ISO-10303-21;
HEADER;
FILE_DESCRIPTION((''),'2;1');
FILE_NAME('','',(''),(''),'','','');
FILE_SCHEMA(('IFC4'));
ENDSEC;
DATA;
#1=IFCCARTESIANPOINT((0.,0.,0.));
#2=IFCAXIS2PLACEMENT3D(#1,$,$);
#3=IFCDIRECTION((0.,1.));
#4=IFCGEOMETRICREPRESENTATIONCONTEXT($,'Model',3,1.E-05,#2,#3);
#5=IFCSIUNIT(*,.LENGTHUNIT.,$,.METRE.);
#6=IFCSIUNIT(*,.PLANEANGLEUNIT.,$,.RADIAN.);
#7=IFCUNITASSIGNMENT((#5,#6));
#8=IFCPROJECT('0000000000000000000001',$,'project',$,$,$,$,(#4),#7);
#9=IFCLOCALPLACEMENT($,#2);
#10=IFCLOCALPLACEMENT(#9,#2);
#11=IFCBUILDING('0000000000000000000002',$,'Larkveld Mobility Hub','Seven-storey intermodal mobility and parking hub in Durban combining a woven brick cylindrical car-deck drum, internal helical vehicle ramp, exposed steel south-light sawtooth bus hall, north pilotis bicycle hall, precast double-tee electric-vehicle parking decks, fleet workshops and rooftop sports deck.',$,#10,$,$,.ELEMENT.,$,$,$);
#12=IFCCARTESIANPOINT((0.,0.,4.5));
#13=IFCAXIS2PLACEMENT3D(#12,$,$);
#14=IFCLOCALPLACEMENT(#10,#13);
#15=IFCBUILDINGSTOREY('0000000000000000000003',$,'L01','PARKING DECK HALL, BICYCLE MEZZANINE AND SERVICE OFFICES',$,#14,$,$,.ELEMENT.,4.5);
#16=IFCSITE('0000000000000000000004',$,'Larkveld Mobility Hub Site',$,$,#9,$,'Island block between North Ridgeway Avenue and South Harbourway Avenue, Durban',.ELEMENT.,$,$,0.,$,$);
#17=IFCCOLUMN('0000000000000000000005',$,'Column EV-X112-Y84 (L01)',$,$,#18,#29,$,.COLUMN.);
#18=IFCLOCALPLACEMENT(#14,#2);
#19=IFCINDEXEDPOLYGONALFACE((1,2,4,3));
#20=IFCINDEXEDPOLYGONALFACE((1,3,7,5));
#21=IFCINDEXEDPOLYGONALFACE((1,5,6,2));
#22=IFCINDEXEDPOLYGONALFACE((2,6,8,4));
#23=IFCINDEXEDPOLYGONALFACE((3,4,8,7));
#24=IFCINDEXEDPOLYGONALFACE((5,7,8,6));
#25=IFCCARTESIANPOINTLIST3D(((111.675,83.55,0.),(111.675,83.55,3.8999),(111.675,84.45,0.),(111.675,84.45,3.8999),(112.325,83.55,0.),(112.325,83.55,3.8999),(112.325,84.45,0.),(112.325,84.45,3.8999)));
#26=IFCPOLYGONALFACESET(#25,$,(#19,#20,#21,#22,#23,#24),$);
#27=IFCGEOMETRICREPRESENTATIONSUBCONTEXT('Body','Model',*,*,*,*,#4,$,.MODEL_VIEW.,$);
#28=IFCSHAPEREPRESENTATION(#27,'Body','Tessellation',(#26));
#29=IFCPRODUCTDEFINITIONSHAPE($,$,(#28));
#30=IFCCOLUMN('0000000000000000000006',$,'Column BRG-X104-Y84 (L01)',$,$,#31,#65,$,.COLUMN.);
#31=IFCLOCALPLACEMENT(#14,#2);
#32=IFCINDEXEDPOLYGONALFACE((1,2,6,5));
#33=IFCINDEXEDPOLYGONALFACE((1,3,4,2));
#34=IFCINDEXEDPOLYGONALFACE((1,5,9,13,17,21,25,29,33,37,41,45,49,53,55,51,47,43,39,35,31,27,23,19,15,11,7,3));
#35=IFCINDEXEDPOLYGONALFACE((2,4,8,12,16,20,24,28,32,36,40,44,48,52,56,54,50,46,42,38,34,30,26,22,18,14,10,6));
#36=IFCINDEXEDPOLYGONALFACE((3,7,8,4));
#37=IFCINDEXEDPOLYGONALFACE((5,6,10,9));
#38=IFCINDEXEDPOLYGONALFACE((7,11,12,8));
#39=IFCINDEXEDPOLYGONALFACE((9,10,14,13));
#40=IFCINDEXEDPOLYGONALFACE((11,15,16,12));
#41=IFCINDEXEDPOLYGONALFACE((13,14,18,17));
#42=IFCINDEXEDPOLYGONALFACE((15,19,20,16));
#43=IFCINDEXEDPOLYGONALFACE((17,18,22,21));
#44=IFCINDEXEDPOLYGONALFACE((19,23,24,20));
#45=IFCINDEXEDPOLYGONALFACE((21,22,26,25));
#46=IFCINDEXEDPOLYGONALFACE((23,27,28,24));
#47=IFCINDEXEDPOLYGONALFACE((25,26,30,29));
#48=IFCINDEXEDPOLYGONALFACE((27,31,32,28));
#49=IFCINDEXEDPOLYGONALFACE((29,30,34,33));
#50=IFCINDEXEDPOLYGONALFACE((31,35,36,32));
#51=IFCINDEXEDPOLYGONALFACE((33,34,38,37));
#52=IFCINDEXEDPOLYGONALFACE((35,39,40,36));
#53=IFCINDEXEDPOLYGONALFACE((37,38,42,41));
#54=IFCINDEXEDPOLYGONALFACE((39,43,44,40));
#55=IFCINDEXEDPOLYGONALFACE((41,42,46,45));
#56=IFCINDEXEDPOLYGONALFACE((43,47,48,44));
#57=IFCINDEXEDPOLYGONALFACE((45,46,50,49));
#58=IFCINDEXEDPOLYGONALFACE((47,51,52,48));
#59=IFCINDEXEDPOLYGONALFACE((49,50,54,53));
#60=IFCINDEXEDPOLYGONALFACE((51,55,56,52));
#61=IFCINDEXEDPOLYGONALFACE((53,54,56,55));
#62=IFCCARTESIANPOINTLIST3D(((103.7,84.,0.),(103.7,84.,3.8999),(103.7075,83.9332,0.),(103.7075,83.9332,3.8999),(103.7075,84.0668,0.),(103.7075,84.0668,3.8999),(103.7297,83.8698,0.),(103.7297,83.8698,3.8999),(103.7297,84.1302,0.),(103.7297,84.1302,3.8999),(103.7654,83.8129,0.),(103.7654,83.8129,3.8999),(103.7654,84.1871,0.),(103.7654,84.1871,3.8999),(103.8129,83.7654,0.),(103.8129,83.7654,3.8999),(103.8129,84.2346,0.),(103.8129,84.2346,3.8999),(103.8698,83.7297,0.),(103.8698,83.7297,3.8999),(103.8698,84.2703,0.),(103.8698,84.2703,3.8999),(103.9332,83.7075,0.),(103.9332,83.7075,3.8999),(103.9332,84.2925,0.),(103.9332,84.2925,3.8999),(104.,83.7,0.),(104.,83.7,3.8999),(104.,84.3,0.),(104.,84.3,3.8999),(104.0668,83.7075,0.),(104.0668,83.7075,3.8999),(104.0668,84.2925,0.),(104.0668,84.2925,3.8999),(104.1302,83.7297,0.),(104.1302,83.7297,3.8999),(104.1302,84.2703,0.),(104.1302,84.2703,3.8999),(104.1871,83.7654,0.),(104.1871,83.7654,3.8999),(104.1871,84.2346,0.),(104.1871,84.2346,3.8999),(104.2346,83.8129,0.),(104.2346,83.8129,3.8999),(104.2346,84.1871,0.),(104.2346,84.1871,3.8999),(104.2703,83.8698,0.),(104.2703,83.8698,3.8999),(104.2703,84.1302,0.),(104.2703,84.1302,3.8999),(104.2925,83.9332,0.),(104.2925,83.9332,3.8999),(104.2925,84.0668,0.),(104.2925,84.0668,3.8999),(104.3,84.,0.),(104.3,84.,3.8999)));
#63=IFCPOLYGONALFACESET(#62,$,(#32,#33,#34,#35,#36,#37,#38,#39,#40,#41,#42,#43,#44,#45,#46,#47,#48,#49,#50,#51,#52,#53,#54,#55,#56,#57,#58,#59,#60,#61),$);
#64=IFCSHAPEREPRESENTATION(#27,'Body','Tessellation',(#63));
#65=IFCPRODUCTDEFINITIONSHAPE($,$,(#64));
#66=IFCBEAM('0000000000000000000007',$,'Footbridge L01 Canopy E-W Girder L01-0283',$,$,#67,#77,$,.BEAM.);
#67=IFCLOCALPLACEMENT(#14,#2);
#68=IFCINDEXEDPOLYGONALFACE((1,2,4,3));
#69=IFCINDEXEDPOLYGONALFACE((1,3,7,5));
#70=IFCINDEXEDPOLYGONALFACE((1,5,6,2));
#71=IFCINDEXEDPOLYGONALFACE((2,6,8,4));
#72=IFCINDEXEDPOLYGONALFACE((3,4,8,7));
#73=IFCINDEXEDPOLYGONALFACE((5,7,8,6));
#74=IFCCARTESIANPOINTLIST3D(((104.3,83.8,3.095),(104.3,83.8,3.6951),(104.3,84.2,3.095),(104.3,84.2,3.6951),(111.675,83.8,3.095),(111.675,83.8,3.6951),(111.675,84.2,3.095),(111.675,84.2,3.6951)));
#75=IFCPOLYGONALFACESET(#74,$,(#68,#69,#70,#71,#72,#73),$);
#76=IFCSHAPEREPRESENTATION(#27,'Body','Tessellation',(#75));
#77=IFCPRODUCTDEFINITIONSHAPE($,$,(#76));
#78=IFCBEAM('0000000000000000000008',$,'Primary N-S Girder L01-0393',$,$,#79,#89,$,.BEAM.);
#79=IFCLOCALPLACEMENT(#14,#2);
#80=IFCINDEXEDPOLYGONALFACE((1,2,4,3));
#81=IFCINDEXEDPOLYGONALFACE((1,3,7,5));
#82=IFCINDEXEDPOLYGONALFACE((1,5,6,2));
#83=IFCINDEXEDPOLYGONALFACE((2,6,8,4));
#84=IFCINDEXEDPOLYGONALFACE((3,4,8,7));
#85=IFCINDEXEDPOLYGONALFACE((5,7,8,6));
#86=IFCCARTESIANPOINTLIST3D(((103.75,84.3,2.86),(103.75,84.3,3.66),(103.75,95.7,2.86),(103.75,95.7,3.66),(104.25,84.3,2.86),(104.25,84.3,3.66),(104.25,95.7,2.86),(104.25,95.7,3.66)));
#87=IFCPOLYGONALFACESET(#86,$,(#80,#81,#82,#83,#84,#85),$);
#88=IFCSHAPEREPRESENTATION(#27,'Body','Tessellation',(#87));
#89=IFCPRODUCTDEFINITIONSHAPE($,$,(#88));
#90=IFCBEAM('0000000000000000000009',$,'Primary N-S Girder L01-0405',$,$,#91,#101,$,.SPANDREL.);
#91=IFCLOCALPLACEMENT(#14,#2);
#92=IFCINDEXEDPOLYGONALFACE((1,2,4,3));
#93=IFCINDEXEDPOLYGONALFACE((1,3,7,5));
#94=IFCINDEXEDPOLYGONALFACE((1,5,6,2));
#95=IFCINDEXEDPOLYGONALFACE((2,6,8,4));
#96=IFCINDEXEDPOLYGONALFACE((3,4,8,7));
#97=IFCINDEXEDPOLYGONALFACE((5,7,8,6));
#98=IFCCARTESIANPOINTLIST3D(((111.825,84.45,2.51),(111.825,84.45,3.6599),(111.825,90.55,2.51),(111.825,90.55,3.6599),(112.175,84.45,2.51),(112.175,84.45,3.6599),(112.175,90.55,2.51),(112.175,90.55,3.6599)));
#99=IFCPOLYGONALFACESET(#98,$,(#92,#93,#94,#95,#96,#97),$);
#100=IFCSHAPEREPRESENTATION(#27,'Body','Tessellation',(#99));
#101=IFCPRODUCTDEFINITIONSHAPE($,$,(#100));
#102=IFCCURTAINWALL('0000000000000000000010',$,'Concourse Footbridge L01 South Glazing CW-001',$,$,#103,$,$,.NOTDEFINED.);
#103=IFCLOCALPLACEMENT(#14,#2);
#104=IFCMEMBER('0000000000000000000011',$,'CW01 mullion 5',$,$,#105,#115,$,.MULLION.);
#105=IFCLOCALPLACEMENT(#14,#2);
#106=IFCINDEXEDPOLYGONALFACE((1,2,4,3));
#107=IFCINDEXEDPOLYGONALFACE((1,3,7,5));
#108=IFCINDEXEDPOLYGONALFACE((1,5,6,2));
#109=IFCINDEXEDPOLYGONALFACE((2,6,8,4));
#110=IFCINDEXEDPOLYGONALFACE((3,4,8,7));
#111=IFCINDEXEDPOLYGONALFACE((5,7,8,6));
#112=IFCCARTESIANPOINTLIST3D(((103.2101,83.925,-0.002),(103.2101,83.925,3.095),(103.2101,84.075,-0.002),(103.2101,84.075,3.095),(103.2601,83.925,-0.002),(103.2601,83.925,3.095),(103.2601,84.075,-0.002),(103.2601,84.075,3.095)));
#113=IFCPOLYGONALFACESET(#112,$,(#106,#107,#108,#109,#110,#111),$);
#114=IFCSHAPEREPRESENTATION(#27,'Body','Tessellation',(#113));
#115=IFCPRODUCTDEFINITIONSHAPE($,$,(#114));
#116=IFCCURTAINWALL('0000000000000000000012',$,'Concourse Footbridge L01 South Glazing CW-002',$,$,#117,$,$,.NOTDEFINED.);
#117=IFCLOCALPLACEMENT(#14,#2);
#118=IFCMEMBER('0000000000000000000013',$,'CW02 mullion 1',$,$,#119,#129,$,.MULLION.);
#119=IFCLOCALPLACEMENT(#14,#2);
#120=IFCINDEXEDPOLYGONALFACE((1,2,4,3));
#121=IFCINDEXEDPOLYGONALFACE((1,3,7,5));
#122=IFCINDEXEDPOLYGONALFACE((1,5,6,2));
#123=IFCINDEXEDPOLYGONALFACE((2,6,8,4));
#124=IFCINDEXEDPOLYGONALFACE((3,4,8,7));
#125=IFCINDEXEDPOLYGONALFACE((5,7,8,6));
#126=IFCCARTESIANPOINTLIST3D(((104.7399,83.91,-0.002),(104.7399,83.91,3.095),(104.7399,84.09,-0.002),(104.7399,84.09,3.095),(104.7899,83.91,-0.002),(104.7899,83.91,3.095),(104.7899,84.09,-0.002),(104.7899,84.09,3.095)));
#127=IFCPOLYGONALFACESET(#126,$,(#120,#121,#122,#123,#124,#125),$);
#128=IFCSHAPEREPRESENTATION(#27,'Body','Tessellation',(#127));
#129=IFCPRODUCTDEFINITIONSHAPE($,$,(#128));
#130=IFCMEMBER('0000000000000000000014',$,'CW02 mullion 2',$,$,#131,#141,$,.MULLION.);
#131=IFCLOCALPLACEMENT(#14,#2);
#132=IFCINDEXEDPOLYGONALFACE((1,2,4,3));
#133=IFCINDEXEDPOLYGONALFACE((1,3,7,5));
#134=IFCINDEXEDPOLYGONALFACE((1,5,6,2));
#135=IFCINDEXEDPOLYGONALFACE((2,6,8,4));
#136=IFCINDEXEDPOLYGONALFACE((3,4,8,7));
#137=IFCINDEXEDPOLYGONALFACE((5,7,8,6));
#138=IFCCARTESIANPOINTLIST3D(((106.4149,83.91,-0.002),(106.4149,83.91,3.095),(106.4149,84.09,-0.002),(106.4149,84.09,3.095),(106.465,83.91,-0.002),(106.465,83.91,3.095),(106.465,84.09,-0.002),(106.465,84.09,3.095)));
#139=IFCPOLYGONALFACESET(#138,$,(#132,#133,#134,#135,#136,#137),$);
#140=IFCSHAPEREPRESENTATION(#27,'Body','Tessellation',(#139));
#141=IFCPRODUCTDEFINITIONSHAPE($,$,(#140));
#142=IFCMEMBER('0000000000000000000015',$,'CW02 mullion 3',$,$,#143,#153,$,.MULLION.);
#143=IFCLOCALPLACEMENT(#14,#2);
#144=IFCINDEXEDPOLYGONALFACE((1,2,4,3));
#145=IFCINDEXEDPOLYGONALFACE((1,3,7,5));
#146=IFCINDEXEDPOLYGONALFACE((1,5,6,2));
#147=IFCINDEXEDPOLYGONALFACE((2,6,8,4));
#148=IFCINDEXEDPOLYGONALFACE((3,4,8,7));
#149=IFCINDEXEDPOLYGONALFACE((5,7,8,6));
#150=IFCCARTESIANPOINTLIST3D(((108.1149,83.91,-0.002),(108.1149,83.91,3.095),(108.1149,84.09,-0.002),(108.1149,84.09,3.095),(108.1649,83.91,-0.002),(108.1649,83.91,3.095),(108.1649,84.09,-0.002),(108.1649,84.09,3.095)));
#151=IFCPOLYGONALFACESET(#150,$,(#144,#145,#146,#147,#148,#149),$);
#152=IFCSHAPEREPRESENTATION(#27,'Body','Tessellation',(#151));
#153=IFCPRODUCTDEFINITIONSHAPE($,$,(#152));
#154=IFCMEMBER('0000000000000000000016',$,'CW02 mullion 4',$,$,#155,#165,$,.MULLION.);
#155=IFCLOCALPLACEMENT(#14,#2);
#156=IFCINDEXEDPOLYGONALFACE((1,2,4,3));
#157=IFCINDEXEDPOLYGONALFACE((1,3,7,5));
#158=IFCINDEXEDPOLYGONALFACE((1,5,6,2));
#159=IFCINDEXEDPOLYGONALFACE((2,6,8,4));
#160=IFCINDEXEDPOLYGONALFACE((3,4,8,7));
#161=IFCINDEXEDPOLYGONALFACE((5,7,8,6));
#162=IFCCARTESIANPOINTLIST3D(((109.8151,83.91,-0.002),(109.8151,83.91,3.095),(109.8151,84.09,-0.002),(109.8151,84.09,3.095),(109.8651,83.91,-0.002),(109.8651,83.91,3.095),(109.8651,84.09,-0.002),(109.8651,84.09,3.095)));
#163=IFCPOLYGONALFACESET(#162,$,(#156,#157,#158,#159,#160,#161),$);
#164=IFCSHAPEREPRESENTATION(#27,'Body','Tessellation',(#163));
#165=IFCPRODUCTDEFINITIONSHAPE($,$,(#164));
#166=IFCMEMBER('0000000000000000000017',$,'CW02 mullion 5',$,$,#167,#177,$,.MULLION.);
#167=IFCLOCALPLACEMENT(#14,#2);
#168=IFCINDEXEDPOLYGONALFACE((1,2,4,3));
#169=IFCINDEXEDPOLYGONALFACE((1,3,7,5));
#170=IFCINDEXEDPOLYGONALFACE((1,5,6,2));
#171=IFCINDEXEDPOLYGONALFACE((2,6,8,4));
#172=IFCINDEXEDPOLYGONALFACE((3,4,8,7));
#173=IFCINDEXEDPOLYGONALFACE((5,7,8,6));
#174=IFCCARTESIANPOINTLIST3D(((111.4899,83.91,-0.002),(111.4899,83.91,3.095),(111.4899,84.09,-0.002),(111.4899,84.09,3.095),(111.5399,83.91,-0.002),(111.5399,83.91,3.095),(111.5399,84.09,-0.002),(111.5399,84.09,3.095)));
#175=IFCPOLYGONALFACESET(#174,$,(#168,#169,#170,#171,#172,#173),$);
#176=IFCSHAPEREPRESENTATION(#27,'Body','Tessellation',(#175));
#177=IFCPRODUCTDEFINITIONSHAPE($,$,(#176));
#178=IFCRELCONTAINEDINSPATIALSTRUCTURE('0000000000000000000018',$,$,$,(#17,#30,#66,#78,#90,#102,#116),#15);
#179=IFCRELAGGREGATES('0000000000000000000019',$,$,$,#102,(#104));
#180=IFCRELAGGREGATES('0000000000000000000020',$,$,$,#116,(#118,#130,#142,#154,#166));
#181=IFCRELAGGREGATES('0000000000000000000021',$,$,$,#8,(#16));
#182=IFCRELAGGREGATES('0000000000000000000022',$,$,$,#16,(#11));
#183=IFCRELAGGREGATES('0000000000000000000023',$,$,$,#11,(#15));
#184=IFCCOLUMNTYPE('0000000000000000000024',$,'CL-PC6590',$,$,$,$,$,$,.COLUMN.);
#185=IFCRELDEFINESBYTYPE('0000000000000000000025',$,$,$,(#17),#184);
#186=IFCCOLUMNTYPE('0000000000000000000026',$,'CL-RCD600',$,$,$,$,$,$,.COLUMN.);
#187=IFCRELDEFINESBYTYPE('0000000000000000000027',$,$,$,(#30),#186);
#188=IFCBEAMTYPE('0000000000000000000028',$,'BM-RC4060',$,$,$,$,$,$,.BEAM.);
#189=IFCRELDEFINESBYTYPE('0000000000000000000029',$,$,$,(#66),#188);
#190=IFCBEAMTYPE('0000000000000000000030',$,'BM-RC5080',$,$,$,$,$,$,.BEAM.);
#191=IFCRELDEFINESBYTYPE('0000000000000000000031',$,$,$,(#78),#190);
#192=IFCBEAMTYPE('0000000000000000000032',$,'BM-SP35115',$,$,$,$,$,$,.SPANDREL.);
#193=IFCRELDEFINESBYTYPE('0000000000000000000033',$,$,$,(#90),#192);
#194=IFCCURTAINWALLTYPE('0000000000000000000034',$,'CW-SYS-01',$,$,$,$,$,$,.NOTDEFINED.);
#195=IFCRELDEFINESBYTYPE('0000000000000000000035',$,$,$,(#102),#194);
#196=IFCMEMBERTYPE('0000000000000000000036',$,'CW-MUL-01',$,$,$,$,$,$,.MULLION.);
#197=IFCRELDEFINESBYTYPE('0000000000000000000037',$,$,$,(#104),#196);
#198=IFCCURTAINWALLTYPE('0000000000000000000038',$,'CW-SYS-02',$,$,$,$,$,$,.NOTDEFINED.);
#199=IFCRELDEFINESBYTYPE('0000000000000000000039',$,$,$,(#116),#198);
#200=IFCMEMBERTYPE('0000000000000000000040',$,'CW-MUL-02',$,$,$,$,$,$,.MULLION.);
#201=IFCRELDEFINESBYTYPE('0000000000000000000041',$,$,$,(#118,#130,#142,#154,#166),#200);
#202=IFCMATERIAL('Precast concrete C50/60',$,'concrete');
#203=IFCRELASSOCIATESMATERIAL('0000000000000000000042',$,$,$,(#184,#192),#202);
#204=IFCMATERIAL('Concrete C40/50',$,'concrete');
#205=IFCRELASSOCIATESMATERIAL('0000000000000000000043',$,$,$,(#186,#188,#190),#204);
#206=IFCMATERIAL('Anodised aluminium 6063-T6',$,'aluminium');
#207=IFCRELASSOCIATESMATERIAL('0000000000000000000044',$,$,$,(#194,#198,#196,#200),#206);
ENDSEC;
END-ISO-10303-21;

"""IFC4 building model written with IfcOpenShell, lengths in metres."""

from ifc_helpers import new_model, si_unit, direction, frame, origin, origin_2d, place, context, subcontext, project, spatial, rectangle, circle, extrude, material, material_profile, profile_set, type_object, element, aggregate, save


model = new_model("IFC4")

# Units and contexts
model_context = context("Model", 3, precision=1e-05, world=origin(), true_north=direction((0.0, 1.0)))
body_context = subcontext(model_context, "Body", "Model", "MODEL_VIEW")
ifc_project = project(units=[si_unit("LENGTHUNIT", "METRE"), si_unit("PLANEANGLEUNIT", "RADIAN")], contexts=[model_context])

# Site, building, storey
site_placement = place(None, origin())
site = spatial("IfcSite", under=ifc_project, at=site_placement, Name="Larkveld Mobility Hub Site", LongName="Island block between North Ridgeway Avenue and South Harbourway Avenue, Durban", CompositionType="ELEMENT", RefElevation=0.0)
building_placement = place(site_placement, origin())
building = spatial("IfcBuilding", under=site, at=building_placement, Name="Larkveld Mobility Hub", Description="Seven-storey intermodal mobility and parking hub in Durban combining a woven brick cylindrical car-deck drum, internal helical vehicle ramp, exposed steel south-light sawtooth bus hall, north pilotis bicycle hall, precast double-tee electric-vehicle parking decks, fleet workshops and rooftop sports deck.", CompositionType="ELEMENT")
storey_placement = place(building_placement, frame((0.0, 0.0, 4.5)))
storey = spatial("IfcBuildingStorey", under=building, at=storey_placement, Name="L01", Description="PARKING DECK HALL, BICYCLE MEZZANINE AND SERVICE OFFICES", CompositionType="ELEMENT", Elevation=4.5)

# Columns
ifc_material_1 = material(Name="Precast concrete C50/60", Category="concrete")
ifc_material_profile_1 = material_profile(ifc_material_1, rectangle(XDim=0.6499, YDim=0.8999, at=origin_2d()), Name="RC COL 650x900")
ifc_profile_set_1 = profile_set([ifc_material_profile_1], Name="Precast concrete C50/60")
column_type_1 = type_object("IfcColumnType", Name="CL-PC6590", PredefinedType="COLUMN", material=ifc_profile_set_1)
column_1_placement = place(storey_placement, frame((112.0, 84.0, 0.0), z_axis=(0.0, 0.0, 1.0), x_axis=(1.0, 0.0, 0.0)))
element("IfcColumn", 1, at=column_1_placement, inside=storey, type_object=column_type_1, Name="Column EV-X112-Y84 (L01)", PredefinedType="COLUMN", context=body_context, shape_type="SweptSolid", body=[
    extrude(rectangle(XDim=0.6499, YDim=0.8999, at=origin_2d()), origin(), (0.0, 0.0, 1.0), 3.8999),
])
ifc_material_2 = material(Name="Concrete C40/50", Category="concrete")
ifc_material_profile_2 = material_profile(ifc_material_2, circle(Radius=0.3, at=origin_2d()), Name="RC COL D600")
ifc_profile_set_2 = profile_set([ifc_material_profile_2], Name="Concrete C40/50")
column_type_2 = type_object("IfcColumnType", Name="CL-RCD600", PredefinedType="COLUMN", material=ifc_profile_set_2)
column_2_placement = place(storey_placement, frame((104.0, 84.0, 0.0), z_axis=(0.0, 0.0, 1.0), x_axis=(1.0, 0.0, 0.0)))
element("IfcColumn", 2, at=column_2_placement, inside=storey, type_object=column_type_2, Name="Column BRG-X104-Y84 (L01)", PredefinedType="COLUMN", context=body_context, shape_type="SweptSolid", body=[
    extrude(circle(Radius=0.3, at=origin_2d()), origin(), (0.0, 0.0, 1.0), 3.8999),
])

# Beams
ifc_material_profile_3 = material_profile(ifc_material_2, rectangle(XDim=0.3999, YDim=0.6001, at=origin_2d()), Name="RC BM 400x600")
ifc_profile_set_3 = profile_set([ifc_material_profile_3], Name="Concrete C40/50")
beam_type_1 = type_object("IfcBeamType", Name="BM-RC4060", PredefinedType="BEAM", material=ifc_profile_set_3)
beam_1_placement = place(storey_placement, frame((104.3, 84.0, 3.395), z_axis=(1.0, 0.0, 0.0), x_axis=(0.0, 1.0, 0.0)))
element("IfcBeam", 3, at=beam_1_placement, inside=storey, type_object=beam_type_1, Name="Footbridge L01 Canopy E-W Girder L01-0283", PredefinedType="BEAM", context=body_context, shape_type="SweptSolid", body=[
    extrude(rectangle(XDim=0.3999, YDim=0.6001, at=origin_2d()), origin(), (0.0, 0.0, 1.0), 7.375),
])
ifc_material_profile_4 = material_profile(ifc_material_2, rectangle(XDim=0.5, YDim=0.8, at=origin_2d()), Name="RC BM 500x800")
ifc_profile_set_4 = profile_set([ifc_material_profile_4], Name="Concrete C40/50")
beam_type_2 = type_object("IfcBeamType", Name="BM-RC5080", PredefinedType="BEAM", material=ifc_profile_set_4)
beam_2_placement = place(storey_placement, frame((104.0, 84.3, 3.26), z_axis=(0.0, 1.0, 0.0), x_axis=(-1.0, 0.0, 0.0)))
element("IfcBeam", 4, at=beam_2_placement, inside=storey, type_object=beam_type_2, Name="Primary N-S Girder L01-0393", PredefinedType="BEAM", context=body_context, shape_type="SweptSolid", body=[
    extrude(rectangle(XDim=0.5, YDim=0.8, at=origin_2d()), origin(), (0.0, 0.0, 1.0), 11.3999),
])
ifc_material_profile_5 = material_profile(ifc_material_1, rectangle(XDim=0.3501, YDim=1.1499, at=origin_2d()), Name="PC SP 350x1150")
ifc_profile_set_5 = profile_set([ifc_material_profile_5], Name="Precast concrete C50/60")
beam_type_3 = type_object("IfcBeamType", Name="BM-SP35115", PredefinedType="SPANDREL", material=ifc_profile_set_5)
beam_3_placement = place(storey_placement, frame((112.0, 84.45, 3.085), z_axis=(0.0, 1.0, 0.0), x_axis=(-1.0, 0.0, 0.0)))
element("IfcBeam", 5, at=beam_3_placement, inside=storey, type_object=beam_type_3, Name="Primary N-S Girder L01-0405", PredefinedType="SPANDREL", context=body_context, shape_type="SweptSolid", body=[
    extrude(rectangle(XDim=0.3501, YDim=1.1499, at=origin_2d()), origin(), (0.0, 0.0, 1.0), 6.1001),
])

# Curtain wall, member
ifc_material_3 = material(Name="Anodised aluminium 6063-T6", Category="aluminium")
curtain_wall_type_1 = type_object("IfcCurtainWallType", Name="CW-SYS-01", PredefinedType="NOTDEFINED", material=ifc_material_3)
curtain_wall_1_placement = place(storey_placement, origin())
curtain_wall_1 = element("IfcCurtainWall", 6, at=curtain_wall_1_placement, inside=storey, type_object=curtain_wall_type_1, Name="Concourse Footbridge L01 South Glazing CW-001", PredefinedType="NOTDEFINED")
ifc_material_profile_6 = material_profile(ifc_material_3, rectangle(XDim=0.05, YDim=0.1499, at=origin_2d()), Name="ALU MULL 50x150")
ifc_profile_set_6 = profile_set([ifc_material_profile_6], Name="Anodised aluminium 6063-T6")
member_type_1 = type_object("IfcMemberType", Name="CW-MUL-01", PredefinedType="MULLION", material=ifc_profile_set_6)
member_1_placement = place(storey_placement, frame((103.2351, 84.0, -0.002), z_axis=(0.0, 0.0, 1.0), x_axis=(1.0, 0.0, 0.0)))
member_1 = element("IfcMember", 7, at=member_1_placement, type_object=member_type_1, Name="CW01 mullion 5", PredefinedType="MULLION", context=body_context, shape_type="SweptSolid", body=[
    extrude(rectangle(XDim=0.05, YDim=0.1499, at=origin_2d()), origin(), (0.0, 0.0, 1.0), 3.0969),
])

# Curtain wall, members
curtain_wall_type_2 = type_object("IfcCurtainWallType", Name="CW-SYS-02", PredefinedType="NOTDEFINED", material=ifc_material_3)
curtain_wall_2_placement = place(storey_placement, origin())
curtain_wall_2 = element("IfcCurtainWall", 8, at=curtain_wall_2_placement, inside=storey, type_object=curtain_wall_type_2, Name="Concourse Footbridge L01 South Glazing CW-002", PredefinedType="NOTDEFINED")
ifc_material_profile_7 = material_profile(ifc_material_3, rectangle(XDim=0.05, YDim=0.1799, at=origin_2d()), Name="ALU MULL 50x180")
ifc_profile_set_7 = profile_set([ifc_material_profile_7], Name="Anodised aluminium 6063-T6")
member_type_2 = type_object("IfcMemberType", Name="CW-MUL-02", PredefinedType="MULLION", material=ifc_profile_set_7)
member_2_placement = place(storey_placement, frame((104.7649, 84.0, -0.002), z_axis=(0.0, 0.0, 1.0), x_axis=(1.0, 0.0, 0.0)))
member_2 = element("IfcMember", 9, at=member_2_placement, type_object=member_type_2, Name="CW02 mullion 1", PredefinedType="MULLION", context=body_context, shape_type="SweptSolid", body=[
    extrude(rectangle(XDim=0.05, YDim=0.1799, at=origin_2d()), origin(), (0.0, 0.0, 1.0), 3.0969),
])
member_3_placement = place(storey_placement, frame((106.4399, 84.0, -0.002), z_axis=(0.0, 0.0, 1.0), x_axis=(1.0, 0.0, 0.0)))
member_3 = element("IfcMember", 10, at=member_3_placement, type_object=member_type_2, Name="CW02 mullion 2", PredefinedType="MULLION", context=body_context, shape_type="SweptSolid", body=[
    extrude(rectangle(XDim=0.05, YDim=0.1799, at=origin_2d()), origin(), (0.0, 0.0, 1.0), 3.0969),
])
member_4_placement = place(storey_placement, frame((108.1399, 84.0, -0.002), z_axis=(0.0, 0.0, 1.0), x_axis=(1.0, 0.0, 0.0)))
member_4 = element("IfcMember", 11, at=member_4_placement, type_object=member_type_2, Name="CW02 mullion 3", PredefinedType="MULLION", context=body_context, shape_type="SweptSolid", body=[
    extrude(rectangle(XDim=0.05, YDim=0.1799, at=origin_2d()), origin(), (0.0, 0.0, 1.0), 3.0969),
])
member_5_placement = place(storey_placement, frame((109.8401, 84.0, -0.002), z_axis=(0.0, 0.0, 1.0), x_axis=(1.0, 0.0, 0.0)))
member_5 = element("IfcMember", 12, at=member_5_placement, type_object=member_type_2, Name="CW02 mullion 4", PredefinedType="MULLION", context=body_context, shape_type="SweptSolid", body=[
    extrude(rectangle(XDim=0.05, YDim=0.1799, at=origin_2d()), origin(), (0.0, 0.0, 1.0), 3.0969),
])
member_6_placement = place(storey_placement, frame((111.5149, 84.0, -0.002), z_axis=(0.0, 0.0, 1.0), x_axis=(1.0, 0.0, 0.0)))
member_6 = element("IfcMember", 13, at=member_6_placement, type_object=member_type_2, Name="CW02 mullion 5", PredefinedType="MULLION", context=body_context, shape_type="SweptSolid", body=[
    extrude(rectangle(XDim=0.05, YDim=0.1799, at=origin_2d()), origin(), (0.0, 0.0, 1.0), 3.0969),
])

aggregate(curtain_wall_1, [member_1])
aggregate(curtain_wall_2, [member_2, member_3, member_4, member_5, member_6])

save(model, "model.ifc")
